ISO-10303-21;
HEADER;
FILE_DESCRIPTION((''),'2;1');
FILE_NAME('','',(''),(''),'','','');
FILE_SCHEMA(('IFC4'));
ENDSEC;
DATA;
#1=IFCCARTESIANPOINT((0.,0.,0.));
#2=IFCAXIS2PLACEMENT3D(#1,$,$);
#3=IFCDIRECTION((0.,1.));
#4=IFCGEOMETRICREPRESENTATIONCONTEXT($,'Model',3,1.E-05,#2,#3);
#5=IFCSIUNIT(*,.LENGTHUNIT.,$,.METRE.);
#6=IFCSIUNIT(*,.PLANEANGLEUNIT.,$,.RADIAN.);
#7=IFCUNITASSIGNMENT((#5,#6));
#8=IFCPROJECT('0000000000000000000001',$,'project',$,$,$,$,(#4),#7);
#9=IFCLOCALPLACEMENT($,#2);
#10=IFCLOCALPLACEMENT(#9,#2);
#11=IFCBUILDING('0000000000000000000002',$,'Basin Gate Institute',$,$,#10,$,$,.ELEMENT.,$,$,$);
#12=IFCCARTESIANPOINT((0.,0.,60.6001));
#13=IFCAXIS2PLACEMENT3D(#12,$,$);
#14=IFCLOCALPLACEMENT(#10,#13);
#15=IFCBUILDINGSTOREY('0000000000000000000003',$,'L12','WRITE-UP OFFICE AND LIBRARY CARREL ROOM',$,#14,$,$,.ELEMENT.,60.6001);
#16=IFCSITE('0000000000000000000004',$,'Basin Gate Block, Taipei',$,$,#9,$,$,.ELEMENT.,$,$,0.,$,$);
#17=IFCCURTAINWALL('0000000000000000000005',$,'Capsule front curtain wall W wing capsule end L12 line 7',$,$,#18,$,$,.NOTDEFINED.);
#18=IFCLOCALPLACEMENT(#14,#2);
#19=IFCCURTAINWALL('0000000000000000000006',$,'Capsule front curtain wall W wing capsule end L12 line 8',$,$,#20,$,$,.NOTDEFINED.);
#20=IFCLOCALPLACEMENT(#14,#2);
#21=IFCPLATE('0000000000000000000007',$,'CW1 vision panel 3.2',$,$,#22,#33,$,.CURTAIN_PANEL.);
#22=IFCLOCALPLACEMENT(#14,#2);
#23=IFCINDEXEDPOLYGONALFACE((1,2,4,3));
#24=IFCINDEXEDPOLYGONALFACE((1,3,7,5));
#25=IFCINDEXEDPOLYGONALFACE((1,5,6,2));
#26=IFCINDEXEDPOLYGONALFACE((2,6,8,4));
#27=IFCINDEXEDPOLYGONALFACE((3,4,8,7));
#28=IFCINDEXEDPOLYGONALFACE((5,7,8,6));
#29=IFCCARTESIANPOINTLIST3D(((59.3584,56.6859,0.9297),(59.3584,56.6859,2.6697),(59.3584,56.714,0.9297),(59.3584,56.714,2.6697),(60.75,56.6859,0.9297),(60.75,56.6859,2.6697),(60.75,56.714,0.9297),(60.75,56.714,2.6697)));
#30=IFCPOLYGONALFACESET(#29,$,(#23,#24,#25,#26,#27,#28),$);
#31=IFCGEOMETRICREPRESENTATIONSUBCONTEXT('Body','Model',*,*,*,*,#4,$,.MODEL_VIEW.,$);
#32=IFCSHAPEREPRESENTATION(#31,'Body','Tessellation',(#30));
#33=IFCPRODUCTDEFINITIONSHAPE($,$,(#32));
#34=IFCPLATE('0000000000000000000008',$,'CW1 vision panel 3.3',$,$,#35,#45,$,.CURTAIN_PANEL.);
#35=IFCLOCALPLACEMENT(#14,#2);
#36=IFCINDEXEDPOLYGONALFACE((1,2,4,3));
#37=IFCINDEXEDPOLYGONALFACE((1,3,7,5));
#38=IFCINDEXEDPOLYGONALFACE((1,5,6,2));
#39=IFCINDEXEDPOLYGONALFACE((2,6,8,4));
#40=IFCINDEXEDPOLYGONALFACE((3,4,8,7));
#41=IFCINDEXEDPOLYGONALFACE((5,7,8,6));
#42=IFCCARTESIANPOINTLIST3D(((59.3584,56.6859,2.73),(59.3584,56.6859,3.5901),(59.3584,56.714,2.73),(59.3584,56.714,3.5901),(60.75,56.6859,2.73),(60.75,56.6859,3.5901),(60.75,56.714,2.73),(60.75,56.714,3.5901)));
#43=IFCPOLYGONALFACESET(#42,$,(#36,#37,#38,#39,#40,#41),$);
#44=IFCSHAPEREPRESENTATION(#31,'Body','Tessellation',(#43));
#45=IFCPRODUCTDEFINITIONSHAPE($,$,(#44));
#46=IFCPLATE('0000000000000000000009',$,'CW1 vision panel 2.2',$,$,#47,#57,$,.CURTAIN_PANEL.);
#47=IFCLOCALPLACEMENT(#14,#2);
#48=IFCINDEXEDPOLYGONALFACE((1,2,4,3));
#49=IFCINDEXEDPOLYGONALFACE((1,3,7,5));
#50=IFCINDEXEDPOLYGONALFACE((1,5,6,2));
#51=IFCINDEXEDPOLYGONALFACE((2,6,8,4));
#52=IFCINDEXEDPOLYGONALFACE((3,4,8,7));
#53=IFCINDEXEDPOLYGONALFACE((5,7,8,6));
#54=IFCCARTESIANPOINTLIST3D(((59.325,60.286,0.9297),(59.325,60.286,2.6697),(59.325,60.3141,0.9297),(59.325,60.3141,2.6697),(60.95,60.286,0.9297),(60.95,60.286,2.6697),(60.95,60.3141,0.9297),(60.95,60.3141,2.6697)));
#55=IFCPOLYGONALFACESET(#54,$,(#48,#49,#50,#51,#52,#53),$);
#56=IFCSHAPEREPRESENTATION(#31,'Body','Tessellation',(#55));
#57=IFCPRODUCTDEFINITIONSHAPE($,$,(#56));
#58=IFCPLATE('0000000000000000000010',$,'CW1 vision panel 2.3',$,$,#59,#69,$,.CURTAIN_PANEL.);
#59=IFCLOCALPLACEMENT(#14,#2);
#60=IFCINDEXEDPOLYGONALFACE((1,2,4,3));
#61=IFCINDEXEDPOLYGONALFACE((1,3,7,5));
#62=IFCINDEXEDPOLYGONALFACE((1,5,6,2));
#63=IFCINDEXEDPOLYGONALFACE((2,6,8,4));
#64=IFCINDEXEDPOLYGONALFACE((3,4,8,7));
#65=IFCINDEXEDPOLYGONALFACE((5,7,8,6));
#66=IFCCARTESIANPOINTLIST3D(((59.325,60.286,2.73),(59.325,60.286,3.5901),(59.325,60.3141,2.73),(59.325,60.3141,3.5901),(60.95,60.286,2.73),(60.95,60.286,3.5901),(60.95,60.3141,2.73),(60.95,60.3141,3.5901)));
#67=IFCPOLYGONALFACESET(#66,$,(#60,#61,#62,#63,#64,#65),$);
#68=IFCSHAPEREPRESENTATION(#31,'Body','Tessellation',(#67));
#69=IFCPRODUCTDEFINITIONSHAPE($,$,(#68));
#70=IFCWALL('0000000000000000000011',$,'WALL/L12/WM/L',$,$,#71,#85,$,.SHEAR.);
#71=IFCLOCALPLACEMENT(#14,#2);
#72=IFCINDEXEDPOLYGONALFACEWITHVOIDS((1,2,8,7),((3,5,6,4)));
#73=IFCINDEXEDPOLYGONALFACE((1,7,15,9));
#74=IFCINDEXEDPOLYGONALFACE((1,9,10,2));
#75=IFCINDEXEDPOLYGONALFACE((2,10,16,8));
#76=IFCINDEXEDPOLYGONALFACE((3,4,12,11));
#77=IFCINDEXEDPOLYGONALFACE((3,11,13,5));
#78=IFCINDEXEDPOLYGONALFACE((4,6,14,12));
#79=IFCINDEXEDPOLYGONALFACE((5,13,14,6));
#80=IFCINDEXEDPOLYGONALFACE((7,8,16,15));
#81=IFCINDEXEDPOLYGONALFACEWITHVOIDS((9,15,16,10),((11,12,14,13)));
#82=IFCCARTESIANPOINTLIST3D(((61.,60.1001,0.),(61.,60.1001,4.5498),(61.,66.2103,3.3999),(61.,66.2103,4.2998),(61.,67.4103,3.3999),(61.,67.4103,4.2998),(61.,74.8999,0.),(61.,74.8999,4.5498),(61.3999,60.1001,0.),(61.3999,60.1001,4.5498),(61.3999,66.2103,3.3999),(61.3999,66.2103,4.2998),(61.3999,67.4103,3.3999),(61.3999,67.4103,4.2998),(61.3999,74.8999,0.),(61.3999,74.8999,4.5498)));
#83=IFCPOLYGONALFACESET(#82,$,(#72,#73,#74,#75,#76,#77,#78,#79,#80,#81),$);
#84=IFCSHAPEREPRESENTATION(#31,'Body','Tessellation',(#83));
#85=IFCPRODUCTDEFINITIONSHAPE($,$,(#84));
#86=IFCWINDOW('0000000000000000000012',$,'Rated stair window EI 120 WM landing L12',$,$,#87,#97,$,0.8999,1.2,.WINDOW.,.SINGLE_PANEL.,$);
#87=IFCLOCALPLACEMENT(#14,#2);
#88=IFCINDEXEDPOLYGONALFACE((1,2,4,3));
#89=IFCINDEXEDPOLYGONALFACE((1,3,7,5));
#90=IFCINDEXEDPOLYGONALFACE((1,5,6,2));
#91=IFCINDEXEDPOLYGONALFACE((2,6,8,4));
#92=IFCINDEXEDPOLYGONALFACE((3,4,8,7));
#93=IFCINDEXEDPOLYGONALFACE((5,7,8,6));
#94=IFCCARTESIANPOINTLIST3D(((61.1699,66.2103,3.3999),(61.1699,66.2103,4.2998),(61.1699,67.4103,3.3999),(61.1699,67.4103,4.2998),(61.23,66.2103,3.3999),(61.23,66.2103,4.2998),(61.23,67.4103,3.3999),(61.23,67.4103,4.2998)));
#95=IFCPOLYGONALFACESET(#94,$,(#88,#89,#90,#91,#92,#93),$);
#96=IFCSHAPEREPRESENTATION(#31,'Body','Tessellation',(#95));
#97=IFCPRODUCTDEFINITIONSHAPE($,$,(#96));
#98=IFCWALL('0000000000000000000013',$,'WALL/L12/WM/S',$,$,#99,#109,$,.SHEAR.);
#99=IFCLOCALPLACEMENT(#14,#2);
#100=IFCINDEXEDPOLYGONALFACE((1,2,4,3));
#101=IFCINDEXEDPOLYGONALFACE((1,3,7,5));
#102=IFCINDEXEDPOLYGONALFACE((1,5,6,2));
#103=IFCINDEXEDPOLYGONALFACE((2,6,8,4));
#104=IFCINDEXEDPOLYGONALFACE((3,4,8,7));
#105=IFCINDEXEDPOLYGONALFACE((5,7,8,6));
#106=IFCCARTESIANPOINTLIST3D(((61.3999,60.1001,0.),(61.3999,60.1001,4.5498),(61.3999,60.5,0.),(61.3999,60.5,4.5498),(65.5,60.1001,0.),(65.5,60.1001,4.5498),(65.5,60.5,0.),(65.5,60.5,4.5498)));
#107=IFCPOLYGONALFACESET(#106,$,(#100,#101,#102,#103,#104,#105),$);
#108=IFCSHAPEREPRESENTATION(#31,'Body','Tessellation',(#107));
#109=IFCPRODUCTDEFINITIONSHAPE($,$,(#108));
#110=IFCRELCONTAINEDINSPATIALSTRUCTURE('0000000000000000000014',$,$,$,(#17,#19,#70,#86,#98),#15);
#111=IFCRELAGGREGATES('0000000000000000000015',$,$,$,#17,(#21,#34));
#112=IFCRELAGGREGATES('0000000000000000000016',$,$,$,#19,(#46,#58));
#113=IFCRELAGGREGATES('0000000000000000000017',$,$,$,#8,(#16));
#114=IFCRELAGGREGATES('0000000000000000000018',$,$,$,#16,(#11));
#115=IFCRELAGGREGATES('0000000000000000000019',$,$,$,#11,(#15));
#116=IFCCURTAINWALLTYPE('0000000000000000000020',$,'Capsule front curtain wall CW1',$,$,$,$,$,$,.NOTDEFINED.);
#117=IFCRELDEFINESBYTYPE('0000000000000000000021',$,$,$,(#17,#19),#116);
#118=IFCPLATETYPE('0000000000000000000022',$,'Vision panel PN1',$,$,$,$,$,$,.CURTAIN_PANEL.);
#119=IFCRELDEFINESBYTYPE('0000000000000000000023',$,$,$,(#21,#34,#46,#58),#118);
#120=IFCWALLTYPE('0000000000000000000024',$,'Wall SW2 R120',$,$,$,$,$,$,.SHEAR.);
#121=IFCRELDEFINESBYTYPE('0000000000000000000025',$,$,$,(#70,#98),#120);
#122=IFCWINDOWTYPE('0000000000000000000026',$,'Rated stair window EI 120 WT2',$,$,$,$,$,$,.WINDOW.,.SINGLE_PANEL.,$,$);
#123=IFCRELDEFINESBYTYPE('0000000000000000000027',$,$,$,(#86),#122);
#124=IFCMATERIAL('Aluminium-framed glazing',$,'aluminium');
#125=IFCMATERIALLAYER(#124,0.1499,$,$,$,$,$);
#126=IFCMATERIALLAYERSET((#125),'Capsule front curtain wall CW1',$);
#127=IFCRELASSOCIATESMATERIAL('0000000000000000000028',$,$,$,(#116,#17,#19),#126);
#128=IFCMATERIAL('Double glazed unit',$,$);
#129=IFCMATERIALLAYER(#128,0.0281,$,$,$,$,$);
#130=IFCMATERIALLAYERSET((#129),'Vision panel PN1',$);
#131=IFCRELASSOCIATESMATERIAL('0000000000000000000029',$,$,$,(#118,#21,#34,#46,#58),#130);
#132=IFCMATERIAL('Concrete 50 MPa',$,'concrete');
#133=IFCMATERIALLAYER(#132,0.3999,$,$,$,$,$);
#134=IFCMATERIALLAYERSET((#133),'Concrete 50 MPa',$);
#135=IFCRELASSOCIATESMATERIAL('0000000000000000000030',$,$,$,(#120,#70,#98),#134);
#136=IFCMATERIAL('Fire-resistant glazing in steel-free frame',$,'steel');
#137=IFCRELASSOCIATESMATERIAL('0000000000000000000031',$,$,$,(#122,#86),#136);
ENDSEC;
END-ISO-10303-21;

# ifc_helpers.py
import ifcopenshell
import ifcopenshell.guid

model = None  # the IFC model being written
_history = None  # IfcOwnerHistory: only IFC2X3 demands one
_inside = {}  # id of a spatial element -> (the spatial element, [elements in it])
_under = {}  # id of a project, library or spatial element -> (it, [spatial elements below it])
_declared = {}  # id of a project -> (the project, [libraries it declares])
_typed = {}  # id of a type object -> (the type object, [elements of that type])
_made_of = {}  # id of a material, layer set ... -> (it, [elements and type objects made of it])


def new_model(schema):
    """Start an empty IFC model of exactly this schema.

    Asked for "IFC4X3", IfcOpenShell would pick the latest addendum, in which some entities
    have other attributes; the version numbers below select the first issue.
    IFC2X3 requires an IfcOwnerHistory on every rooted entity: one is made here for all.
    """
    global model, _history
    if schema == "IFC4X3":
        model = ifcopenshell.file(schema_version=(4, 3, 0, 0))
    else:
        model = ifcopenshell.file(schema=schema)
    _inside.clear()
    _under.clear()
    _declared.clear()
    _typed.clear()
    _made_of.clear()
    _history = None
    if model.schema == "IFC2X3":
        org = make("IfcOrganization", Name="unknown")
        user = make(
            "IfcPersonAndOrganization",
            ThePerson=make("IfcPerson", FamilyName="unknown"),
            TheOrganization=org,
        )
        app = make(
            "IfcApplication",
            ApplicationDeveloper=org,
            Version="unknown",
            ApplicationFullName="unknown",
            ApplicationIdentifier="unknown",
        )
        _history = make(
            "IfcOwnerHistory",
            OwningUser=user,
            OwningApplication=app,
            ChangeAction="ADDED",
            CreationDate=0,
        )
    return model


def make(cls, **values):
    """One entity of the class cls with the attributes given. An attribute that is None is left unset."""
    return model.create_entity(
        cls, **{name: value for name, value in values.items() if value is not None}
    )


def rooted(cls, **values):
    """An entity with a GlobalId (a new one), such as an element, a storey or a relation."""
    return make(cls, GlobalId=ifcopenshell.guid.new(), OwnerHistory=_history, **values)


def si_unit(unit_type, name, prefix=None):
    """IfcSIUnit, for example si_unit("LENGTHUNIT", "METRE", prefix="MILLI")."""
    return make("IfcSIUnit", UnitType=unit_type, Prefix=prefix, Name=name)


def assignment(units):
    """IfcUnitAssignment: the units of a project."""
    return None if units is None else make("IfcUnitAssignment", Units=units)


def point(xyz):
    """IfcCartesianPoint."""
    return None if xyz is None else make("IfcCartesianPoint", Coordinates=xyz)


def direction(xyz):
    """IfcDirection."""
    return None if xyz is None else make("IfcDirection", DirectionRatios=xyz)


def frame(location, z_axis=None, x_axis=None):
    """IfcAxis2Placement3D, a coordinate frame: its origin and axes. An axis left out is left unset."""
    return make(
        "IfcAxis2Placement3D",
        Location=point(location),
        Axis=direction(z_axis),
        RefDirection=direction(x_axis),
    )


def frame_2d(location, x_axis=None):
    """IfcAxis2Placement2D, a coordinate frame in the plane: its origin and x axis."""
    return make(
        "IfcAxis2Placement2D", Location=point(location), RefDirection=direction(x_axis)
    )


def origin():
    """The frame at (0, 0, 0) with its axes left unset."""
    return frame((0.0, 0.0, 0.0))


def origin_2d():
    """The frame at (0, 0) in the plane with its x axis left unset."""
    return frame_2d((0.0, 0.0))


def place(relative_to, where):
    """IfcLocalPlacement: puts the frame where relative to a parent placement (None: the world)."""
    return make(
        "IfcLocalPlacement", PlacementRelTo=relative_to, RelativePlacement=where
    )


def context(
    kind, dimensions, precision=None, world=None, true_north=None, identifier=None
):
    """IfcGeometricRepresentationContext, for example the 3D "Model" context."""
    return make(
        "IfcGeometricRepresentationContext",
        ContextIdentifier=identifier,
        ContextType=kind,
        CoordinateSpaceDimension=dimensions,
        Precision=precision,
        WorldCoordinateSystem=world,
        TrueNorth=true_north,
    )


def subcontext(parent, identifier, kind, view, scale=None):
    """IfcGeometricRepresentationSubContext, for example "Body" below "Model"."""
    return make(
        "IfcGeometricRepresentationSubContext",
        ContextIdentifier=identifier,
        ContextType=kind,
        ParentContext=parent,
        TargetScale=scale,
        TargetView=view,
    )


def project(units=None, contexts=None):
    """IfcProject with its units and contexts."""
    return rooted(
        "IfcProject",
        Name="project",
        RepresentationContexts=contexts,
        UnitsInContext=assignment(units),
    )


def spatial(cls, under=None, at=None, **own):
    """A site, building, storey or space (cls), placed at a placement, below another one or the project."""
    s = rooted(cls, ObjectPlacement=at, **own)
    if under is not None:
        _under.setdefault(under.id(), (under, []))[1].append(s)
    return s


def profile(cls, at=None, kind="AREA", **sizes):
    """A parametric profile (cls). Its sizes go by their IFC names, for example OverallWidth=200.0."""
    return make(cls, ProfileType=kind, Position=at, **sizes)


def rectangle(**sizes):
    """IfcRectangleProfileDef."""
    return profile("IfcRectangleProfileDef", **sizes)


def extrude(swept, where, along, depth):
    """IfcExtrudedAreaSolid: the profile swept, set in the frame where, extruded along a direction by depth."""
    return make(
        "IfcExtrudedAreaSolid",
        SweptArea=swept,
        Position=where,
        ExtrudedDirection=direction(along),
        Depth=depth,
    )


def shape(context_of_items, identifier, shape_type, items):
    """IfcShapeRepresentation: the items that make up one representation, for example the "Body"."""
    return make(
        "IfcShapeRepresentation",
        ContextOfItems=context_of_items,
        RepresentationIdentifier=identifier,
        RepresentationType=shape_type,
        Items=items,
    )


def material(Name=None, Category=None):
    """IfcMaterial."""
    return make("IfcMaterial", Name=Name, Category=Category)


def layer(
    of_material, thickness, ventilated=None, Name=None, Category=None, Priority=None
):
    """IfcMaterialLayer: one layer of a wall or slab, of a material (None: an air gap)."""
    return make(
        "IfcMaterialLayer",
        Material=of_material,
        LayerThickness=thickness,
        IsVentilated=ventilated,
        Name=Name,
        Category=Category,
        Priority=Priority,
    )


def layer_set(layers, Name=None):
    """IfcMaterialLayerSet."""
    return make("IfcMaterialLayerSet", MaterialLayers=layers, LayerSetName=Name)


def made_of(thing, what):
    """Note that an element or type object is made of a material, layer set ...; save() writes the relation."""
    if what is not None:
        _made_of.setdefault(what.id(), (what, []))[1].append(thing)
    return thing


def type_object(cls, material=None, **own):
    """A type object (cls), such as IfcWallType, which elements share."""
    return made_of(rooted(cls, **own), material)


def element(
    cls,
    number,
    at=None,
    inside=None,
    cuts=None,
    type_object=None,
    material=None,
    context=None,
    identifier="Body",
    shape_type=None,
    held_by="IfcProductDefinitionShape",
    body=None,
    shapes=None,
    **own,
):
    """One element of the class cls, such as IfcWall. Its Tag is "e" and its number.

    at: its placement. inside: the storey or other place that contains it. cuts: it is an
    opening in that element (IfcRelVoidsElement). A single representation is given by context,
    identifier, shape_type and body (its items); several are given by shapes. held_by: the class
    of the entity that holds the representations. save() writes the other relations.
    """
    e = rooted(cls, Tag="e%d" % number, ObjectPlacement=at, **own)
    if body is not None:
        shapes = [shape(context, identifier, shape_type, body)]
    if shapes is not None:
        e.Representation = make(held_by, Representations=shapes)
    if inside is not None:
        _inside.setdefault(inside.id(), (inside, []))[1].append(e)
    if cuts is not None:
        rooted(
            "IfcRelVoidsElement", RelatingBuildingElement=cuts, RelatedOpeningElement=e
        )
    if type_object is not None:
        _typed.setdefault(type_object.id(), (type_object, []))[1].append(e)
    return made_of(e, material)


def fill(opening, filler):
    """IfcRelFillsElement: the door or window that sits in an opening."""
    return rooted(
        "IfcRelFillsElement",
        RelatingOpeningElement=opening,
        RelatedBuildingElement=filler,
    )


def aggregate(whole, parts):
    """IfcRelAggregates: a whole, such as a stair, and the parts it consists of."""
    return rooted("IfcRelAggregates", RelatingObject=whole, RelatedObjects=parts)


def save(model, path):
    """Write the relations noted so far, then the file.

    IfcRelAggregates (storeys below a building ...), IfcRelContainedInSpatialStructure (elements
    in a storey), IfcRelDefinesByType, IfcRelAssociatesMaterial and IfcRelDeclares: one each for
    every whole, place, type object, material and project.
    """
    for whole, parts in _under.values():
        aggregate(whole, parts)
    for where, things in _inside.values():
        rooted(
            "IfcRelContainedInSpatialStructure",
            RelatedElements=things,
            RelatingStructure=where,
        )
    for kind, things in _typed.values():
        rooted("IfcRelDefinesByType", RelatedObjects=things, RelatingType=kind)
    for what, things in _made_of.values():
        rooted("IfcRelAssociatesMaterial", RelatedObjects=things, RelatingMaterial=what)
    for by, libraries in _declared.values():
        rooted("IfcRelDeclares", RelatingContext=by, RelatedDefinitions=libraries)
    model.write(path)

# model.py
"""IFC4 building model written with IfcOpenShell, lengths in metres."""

from ifc_helpers import new_model, si_unit, direction, frame, frame_2d, origin, origin_2d, place, context, subcontext, project, spatial, rectangle, extrude, material, layer, layer_set, type_object, element, fill, aggregate, save


model = new_model("IFC4")

# Units and contexts
model_context = context("Model", 3, precision=1e-05, world=origin(), true_north=direction((0.0, 1.0)))
body_context = subcontext(model_context, "Body", "Model", "MODEL_VIEW")
ifc_project = project(units=[si_unit("LENGTHUNIT", "METRE"), si_unit("PLANEANGLEUNIT", "RADIAN")], contexts=[model_context])

# Site, building, storey
site_placement = place(None, origin())
site = spatial("IfcSite", under=ifc_project, at=site_placement, Name="Basin Gate Block, Taipei", CompositionType="ELEMENT", RefElevation=0.0)
building_placement = place(site_placement, origin())
building = spatial("IfcBuilding", under=site, at=building_placement, Name="Basin Gate Institute", CompositionType="ELEMENT")
storey_placement = place(building_placement, frame((0.0, 0.0, 60.6001)))
storey = spatial("IfcBuildingStorey", under=building, at=storey_placement, Name="L12", Description="WRITE-UP OFFICE AND LIBRARY CARREL ROOM", CompositionType="ELEMENT", Elevation=60.6001)

# Curtain walls
ifc_material_1 = material(Name="Aluminium-framed glazing", Category="aluminium")
ifc_layer_1 = layer(ifc_material_1, 0.1499)
ifc_layer_set_1 = layer_set([ifc_layer_1], Name="Capsule front curtain wall CW1")
curtain_wall_type = type_object("IfcCurtainWallType", Name="Capsule front curtain wall CW1", PredefinedType="NOTDEFINED", material=ifc_layer_set_1)
curtain_wall_1_placement = place(storey_placement, origin())
curtain_wall_1 = element("IfcCurtainWall", 1, at=curtain_wall_1_placement, inside=storey, type_object=curtain_wall_type, material=ifc_layer_set_1, Name="Capsule front curtain wall W wing capsule end L12 line 7", PredefinedType="NOTDEFINED")
curtain_wall_2_placement = place(storey_placement, origin())
curtain_wall_2 = element("IfcCurtainWall", 2, at=curtain_wall_2_placement, inside=storey, type_object=curtain_wall_type, material=ifc_layer_set_1, Name="Capsule front curtain wall W wing capsule end L12 line 8", PredefinedType="NOTDEFINED")

# Plates
ifc_material_2 = material(Name="Double glazed unit")
ifc_layer_2 = layer(ifc_material_2, 0.0281)
ifc_layer_set_2 = layer_set([ifc_layer_2], Name="Vision panel PN1")
plate_type_1 = type_object("IfcPlateType", Name="Vision panel PN1", PredefinedType="CURTAIN_PANEL", material=ifc_layer_set_2)
plate_1_placement = place(storey_placement, frame((60.0542, 56.7, 0.9297), z_axis=(0.0, 0.0, 1.0), x_axis=(1.0, 0.0, 0.0)))
plate_1 = element("IfcPlate", 3, at=plate_1_placement, type_object=plate_type_1, material=ifc_layer_set_2, Name="CW1 vision panel 3.2", PredefinedType="CURTAIN_PANEL", context=body_context, shape_type="SweptSolid", body=[
    extrude(rectangle(XDim=1.3916, YDim=0.0281, at=origin_2d()), origin(), (0.0, 0.0, 1.0), 1.74),
])
plate_2_placement = place(storey_placement, frame((60.0542, 56.7, 2.73), z_axis=(0.0, 0.0, 1.0), x_axis=(1.0, 0.0, 0.0)))
plate_2 = element("IfcPlate", 4, at=plate_2_placement, type_object=plate_type_1, material=ifc_layer_set_2, Name="CW1 vision panel 3.3", PredefinedType="CURTAIN_PANEL", context=body_context, shape_type="SweptSolid", body=[
    extrude(rectangle(XDim=1.3916, YDim=0.0281, at=origin_2d()), origin(), (0.0, 0.0, 1.0), 0.8601),
])
aggregate(curtain_wall_1, [plate_1, plate_2])
plate_3_placement = place(storey_placement, frame((60.1375, 60.3, 0.9297), z_axis=(0.0, 0.0, 1.0), x_axis=(1.0, 0.0, 0.0)))
plate_3 = element("IfcPlate", 5, at=plate_3_placement, type_object=plate_type_1, material=ifc_layer_set_2, Name="CW1 vision panel 2.2", PredefinedType="CURTAIN_PANEL", context=body_context, shape_type="SweptSolid", body=[
    extrude(rectangle(XDim=1.625, YDim=0.0281, at=origin_2d()), origin(), (0.0, 0.0, 1.0), 1.74),
])
plate_4_placement = place(storey_placement, frame((60.1375, 60.3, 2.73), z_axis=(0.0, 0.0, 1.0), x_axis=(1.0, 0.0, 0.0)))
plate_4 = element("IfcPlate", 6, at=plate_4_placement, type_object=plate_type_1, material=ifc_layer_set_2, Name="CW1 vision panel 2.3", PredefinedType="CURTAIN_PANEL", context=body_context, shape_type="SweptSolid", body=[
    extrude(rectangle(XDim=1.625, YDim=0.0281, at=origin_2d()), origin(), (0.0, 0.0, 1.0), 0.8601),
])
aggregate(curtain_wall_2, [plate_3, plate_4])

# Wall, opening, window
ifc_material_3 = material(Name="Concrete 50 MPa", Category="concrete")
ifc_layer_3 = layer(ifc_material_3, 0.3999)
ifc_layer_set_3 = layer_set([ifc_layer_3], Name="Concrete 50 MPa")
wall_type = type_object("IfcWallType", Name="Wall SW2 R120", PredefinedType="SHEAR", material=ifc_layer_set_3)
wall_1_placement = place(storey_placement, frame((61.2, 60.1001, 0.0), z_axis=(0.0, 0.0, 1.0), x_axis=(0.0, 1.0, 0.0)))
wall_1 = element("IfcWall", 7, at=wall_1_placement, inside=storey, type_object=wall_type, material=ifc_layer_set_3, Name="WALL/L12/WM/L", PredefinedType="SHEAR", context=body_context, shape_type="SweptSolid", body=[
    extrude(rectangle(XDim=14.7998, YDim=0.3999, at=frame_2d((7.3999, 0.0))), origin(), (0.0, 0.0, 1.0), 4.5498),
])
opening_placement = place(wall_1_placement, frame((6.1101, 0.0, 3.3999)))
opening = element("IfcOpeningElement", 8, at=opening_placement, cuts=wall_1, PredefinedType="OPENING", context=body_context, shape_type="SweptSolid", body=[
    extrude(rectangle(XDim=1.2, YDim=0.8999, at=frame_2d((0.6001, 0.45))), frame((0.0, 0.21, 0.0), z_axis=(0.0, -1.0, 0.0), x_axis=(1.0, 0.0, 0.0)), (0.0, 0.0, 1.0), 0.4199),
])
ifc_material_4 = material(Name="Fire-resistant glazing in steel-free frame", Category="steel")
window_type = type_object("IfcWindowType", Name="Rated stair window EI 120 WT2", PartitioningType="SINGLE_PANEL", PredefinedType="WINDOW", material=ifc_material_4)
window_placement = place(opening_placement, origin())
window = element("IfcWindow", 9, at=window_placement, inside=storey, type_object=window_type, material=ifc_material_4, Name="Rated stair window EI 120 WM landing L12", OverallHeight=0.8999, OverallWidth=1.2, PartitioningType="SINGLE_PANEL", PredefinedType="WINDOW", context=body_context, shape_type="SweptSolid", body=[
    extrude(rectangle(XDim=1.2, YDim=0.8999, at=frame_2d((0.6001, 0.45))), frame((0.0, 0.03, 0.0), z_axis=(0.0, -1.0, 0.0), x_axis=(1.0, 0.0, 0.0)), (0.0, 0.0, 1.0), 0.0601),
])
fill(opening, window)

# Wall
wall_2_placement = place(storey_placement, frame((61.3999, 60.3, 0.0), z_axis=(0.0, 0.0, 1.0), x_axis=(1.0, 0.0, 0.0)))
element("IfcWall", 10, at=wall_2_placement, inside=storey, type_object=wall_type, material=ifc_layer_set_3, Name="WALL/L12/WM/S", PredefinedType="SHEAR", context=body_context, shape_type="SweptSolid", body=[
    extrude(rectangle(XDim=4.1001, YDim=0.3999, at=frame_2d((2.05, 0.0))), origin(), (0.0, 0.0, 1.0), 4.5498),
])

save(model, "model.ifc")
